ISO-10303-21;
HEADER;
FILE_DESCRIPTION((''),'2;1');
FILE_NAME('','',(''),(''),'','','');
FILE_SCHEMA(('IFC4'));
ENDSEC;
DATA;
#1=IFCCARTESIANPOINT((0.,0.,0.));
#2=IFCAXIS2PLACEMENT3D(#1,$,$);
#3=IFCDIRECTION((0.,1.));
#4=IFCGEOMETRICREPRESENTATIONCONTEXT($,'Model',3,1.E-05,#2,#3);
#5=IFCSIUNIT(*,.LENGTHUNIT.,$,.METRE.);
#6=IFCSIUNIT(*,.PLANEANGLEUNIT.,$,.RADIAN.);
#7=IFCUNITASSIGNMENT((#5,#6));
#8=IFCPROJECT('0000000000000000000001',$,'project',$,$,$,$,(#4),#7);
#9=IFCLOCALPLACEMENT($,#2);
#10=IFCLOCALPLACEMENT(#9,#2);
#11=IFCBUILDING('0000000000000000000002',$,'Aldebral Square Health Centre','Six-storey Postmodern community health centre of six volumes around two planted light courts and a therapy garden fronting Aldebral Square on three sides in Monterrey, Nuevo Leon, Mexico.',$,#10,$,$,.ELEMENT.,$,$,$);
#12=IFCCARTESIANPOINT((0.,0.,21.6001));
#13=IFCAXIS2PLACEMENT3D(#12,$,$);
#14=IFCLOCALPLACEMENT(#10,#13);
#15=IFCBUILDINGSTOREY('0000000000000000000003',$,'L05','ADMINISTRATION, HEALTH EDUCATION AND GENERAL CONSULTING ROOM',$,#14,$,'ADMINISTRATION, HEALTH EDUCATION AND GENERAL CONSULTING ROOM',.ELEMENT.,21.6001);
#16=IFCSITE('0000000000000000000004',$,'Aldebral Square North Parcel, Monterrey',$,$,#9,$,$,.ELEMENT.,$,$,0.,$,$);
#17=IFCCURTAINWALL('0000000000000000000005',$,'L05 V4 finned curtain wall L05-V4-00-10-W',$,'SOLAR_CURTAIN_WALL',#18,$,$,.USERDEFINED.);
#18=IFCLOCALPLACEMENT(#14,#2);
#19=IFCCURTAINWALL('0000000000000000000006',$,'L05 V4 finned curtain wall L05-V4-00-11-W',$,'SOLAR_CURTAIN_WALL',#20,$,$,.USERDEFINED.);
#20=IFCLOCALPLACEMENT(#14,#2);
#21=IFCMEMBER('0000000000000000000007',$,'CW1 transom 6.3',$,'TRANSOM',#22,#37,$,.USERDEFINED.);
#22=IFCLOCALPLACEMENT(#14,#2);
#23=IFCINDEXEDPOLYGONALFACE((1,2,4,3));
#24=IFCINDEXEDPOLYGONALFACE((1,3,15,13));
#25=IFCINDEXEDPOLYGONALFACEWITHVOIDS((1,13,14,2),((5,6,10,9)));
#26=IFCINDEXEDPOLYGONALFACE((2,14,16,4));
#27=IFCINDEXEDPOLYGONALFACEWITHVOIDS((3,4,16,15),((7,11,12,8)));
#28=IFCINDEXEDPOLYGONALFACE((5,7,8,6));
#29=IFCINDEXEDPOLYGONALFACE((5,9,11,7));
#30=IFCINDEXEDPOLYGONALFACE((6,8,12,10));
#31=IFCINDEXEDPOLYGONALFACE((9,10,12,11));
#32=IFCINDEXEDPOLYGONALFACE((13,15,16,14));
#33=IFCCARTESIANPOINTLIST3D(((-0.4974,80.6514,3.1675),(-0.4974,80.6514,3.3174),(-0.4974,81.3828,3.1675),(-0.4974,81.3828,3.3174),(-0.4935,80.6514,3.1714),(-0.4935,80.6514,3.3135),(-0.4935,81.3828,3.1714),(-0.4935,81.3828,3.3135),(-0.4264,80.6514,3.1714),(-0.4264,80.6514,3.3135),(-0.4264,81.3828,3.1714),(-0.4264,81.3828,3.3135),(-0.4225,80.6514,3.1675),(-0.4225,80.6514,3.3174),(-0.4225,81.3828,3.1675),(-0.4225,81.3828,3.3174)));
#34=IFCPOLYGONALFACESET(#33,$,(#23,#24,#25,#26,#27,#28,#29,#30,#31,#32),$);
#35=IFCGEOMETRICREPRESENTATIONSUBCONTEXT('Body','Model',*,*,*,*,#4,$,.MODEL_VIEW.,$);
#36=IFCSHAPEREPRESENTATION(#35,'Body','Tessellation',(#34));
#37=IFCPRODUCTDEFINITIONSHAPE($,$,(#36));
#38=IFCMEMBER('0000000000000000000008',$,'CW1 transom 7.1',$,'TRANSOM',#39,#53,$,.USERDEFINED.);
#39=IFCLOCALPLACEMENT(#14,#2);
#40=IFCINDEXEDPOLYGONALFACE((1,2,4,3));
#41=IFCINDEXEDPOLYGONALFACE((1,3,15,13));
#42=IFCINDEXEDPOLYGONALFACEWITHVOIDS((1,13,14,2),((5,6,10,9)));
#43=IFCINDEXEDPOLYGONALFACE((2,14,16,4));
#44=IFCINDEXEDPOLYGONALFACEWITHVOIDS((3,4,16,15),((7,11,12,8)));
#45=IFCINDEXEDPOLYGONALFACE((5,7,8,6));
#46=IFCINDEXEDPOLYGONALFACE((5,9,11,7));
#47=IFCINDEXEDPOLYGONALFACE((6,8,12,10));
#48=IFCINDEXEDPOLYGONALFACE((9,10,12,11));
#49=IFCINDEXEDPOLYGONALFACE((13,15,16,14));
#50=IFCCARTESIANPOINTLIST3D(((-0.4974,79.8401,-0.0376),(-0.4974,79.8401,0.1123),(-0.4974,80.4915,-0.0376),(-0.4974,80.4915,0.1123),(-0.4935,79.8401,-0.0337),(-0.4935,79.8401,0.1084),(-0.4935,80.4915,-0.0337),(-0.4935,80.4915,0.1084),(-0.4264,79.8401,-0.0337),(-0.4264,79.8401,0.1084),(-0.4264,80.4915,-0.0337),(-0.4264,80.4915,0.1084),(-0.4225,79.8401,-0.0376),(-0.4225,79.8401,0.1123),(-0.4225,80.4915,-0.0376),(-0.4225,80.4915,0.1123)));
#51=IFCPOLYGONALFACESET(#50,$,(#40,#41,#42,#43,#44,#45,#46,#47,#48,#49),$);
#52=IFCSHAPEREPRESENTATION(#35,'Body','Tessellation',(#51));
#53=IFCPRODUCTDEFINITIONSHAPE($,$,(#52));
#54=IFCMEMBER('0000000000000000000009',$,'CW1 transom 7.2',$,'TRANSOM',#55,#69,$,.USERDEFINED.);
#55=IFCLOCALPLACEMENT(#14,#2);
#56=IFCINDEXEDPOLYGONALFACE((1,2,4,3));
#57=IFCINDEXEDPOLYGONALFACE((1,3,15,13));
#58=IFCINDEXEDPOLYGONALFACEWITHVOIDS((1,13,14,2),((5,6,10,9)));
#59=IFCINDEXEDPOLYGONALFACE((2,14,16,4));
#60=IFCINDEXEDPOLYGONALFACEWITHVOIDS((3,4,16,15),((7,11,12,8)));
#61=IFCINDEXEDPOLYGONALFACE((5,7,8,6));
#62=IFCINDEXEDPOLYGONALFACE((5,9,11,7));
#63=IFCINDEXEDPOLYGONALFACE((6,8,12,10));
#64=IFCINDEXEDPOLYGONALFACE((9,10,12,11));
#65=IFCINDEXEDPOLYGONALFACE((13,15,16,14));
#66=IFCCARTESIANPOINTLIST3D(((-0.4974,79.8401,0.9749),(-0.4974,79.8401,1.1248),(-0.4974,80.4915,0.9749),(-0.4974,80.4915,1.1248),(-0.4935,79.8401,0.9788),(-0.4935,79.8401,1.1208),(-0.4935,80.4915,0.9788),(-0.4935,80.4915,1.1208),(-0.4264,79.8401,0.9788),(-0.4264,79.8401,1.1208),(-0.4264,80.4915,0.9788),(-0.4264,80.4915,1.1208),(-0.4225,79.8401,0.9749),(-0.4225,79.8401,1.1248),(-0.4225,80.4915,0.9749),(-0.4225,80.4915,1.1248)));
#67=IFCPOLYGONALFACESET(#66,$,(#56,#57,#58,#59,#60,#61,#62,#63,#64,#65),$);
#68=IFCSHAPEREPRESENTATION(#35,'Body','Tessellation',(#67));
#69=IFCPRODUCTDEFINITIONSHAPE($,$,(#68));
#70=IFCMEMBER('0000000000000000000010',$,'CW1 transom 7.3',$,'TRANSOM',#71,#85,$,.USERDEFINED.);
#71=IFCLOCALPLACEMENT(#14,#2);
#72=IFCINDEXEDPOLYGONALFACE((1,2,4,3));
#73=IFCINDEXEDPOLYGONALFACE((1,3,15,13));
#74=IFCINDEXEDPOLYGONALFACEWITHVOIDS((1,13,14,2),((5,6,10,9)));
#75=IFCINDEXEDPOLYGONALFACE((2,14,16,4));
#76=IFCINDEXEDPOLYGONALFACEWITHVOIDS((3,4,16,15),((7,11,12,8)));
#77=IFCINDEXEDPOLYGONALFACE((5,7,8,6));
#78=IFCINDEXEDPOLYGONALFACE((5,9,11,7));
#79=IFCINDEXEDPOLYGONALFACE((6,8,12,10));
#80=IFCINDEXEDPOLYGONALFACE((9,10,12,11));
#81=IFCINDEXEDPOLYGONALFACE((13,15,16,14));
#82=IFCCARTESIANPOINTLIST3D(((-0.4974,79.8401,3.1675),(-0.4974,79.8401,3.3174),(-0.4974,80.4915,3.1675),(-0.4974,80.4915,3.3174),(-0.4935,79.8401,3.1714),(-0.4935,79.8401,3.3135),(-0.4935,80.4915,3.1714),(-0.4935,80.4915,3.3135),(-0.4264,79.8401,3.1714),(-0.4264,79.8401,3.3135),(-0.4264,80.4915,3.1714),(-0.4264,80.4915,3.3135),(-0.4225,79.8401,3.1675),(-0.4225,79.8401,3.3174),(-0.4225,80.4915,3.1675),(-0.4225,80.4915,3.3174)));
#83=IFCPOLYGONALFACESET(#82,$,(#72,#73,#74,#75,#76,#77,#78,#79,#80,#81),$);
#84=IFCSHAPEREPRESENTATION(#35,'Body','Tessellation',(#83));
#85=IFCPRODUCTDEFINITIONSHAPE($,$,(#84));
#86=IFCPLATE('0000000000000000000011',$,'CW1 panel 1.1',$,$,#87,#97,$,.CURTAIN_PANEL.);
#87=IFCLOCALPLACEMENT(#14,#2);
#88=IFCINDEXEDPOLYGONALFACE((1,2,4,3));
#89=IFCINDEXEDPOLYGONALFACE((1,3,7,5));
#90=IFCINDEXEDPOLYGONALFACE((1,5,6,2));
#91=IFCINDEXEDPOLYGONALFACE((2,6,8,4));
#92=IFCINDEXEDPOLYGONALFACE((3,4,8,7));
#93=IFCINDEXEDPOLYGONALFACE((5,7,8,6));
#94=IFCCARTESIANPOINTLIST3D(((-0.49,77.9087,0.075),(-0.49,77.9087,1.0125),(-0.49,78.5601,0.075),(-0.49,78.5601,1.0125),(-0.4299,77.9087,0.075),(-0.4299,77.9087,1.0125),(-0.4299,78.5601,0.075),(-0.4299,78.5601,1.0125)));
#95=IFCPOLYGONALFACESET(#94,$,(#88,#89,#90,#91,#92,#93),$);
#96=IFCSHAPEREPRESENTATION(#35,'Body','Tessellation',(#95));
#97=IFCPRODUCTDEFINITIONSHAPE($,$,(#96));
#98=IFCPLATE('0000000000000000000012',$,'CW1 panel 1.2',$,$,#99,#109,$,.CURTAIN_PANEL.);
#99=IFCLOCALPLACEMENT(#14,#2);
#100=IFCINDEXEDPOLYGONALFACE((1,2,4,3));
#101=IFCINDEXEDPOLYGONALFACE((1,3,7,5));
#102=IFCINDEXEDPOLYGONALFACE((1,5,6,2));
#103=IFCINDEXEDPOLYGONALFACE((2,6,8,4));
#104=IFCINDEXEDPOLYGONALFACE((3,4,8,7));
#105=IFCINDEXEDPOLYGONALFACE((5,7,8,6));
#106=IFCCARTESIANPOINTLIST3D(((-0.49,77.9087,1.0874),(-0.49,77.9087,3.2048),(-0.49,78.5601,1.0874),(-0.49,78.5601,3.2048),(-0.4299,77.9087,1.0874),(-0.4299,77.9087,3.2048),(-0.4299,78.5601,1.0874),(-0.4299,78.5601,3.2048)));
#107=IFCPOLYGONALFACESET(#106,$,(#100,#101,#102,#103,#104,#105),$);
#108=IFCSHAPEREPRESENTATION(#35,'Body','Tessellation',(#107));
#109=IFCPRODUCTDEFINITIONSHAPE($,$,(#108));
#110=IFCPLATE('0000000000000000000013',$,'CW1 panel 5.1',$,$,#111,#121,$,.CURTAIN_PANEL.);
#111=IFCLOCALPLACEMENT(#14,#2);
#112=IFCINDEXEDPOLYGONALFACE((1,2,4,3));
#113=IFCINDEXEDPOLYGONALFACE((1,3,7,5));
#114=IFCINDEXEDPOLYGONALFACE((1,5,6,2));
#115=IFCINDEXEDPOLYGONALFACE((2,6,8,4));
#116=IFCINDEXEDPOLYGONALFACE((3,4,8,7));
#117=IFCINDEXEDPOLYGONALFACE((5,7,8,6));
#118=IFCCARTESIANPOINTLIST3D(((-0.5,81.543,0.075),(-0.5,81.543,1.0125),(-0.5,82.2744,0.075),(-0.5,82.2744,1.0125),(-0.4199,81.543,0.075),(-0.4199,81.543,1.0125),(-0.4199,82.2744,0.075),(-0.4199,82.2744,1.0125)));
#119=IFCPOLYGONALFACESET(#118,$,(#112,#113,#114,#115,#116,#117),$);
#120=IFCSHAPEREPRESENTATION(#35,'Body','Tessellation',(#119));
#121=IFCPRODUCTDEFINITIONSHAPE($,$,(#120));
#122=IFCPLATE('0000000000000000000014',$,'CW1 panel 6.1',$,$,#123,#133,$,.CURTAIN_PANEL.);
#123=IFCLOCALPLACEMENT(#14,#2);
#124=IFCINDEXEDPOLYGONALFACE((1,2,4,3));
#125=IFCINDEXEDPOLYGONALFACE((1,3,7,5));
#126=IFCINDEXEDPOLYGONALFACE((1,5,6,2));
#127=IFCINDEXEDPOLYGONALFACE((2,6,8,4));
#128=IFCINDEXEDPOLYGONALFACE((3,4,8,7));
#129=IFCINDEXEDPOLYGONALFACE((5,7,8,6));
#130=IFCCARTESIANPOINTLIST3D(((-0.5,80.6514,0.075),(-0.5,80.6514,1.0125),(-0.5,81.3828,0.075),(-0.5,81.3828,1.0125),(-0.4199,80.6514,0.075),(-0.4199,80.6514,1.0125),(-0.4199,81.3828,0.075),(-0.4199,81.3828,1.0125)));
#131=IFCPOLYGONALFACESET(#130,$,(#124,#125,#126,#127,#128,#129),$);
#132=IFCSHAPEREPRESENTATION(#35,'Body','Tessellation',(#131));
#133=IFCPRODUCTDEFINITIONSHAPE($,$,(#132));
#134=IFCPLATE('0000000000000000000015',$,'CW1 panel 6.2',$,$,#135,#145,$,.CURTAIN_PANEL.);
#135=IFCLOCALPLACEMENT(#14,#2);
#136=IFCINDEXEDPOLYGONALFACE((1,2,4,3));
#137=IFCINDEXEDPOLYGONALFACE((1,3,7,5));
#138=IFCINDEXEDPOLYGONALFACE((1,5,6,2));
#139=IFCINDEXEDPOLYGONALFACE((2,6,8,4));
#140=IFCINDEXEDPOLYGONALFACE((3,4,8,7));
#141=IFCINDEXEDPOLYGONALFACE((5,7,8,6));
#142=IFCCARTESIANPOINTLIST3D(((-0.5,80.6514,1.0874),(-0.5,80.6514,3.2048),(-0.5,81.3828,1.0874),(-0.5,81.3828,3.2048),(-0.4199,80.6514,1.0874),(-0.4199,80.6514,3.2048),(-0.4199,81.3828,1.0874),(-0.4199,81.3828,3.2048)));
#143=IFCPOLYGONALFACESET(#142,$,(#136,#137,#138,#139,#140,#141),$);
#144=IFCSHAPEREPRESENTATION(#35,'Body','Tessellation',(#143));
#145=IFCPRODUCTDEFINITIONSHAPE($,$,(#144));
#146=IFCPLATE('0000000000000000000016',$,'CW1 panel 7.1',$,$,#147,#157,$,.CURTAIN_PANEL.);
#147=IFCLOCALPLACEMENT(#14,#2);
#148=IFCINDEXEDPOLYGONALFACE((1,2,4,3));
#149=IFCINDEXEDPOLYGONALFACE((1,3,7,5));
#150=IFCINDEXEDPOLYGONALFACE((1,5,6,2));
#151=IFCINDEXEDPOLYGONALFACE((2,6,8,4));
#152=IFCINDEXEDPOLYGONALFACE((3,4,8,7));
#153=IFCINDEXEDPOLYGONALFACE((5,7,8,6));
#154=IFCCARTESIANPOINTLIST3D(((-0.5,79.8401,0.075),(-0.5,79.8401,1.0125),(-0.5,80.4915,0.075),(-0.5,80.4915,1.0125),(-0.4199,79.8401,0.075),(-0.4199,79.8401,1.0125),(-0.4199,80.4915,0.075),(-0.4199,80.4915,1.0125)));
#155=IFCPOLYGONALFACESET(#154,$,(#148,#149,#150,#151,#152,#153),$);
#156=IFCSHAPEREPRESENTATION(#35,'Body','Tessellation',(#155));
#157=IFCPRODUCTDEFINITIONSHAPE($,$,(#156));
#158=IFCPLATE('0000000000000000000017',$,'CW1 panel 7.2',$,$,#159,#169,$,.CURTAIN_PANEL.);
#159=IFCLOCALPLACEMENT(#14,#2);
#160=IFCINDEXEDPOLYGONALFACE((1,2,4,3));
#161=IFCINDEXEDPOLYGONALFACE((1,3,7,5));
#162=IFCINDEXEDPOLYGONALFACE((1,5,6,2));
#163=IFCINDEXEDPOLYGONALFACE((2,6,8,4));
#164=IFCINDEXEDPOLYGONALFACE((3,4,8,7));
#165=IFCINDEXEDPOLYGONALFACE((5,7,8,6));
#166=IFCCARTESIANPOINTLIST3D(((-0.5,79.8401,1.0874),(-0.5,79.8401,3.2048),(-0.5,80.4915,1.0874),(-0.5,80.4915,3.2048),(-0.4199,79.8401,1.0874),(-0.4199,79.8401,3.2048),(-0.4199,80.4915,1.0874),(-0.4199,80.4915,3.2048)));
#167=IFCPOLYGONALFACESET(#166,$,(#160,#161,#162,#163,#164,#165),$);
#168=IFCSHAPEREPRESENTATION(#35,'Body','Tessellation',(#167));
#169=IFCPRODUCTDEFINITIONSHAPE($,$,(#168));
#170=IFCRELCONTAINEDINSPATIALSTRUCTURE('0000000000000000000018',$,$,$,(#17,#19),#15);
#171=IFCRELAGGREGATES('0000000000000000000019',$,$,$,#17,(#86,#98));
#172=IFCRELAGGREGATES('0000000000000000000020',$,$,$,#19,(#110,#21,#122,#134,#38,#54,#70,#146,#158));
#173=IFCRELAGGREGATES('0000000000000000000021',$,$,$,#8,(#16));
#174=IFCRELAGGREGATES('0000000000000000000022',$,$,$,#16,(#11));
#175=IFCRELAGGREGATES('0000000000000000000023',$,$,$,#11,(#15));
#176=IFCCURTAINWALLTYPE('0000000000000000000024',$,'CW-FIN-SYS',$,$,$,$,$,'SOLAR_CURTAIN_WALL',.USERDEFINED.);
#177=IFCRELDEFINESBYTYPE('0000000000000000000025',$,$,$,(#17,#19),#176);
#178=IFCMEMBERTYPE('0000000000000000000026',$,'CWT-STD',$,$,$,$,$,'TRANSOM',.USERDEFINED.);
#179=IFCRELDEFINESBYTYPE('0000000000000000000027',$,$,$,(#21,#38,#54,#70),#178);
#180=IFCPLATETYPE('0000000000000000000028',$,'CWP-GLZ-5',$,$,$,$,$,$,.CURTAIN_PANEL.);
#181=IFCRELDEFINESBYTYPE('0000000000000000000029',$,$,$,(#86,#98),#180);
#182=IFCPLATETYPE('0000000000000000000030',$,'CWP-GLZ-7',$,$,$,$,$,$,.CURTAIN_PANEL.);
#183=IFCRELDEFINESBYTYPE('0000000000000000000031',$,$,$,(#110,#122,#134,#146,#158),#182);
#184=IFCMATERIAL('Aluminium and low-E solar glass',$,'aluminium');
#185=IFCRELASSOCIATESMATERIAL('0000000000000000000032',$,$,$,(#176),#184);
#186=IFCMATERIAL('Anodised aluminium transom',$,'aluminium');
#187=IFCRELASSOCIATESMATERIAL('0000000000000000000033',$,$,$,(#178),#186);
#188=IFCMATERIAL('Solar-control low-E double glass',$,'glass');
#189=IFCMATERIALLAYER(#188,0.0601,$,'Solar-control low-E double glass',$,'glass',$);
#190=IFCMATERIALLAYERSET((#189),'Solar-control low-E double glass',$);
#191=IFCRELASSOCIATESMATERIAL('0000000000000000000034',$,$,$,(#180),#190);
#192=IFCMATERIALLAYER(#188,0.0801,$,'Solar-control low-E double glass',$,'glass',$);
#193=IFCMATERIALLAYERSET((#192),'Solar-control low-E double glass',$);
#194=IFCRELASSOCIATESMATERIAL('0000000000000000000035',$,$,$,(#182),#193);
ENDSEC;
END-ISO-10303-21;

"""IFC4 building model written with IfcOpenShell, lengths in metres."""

from ifc_helpers import new_model, si_unit, direction, frame, origin, origin_2d, place, context, subcontext, project, spatial, rectangle, hollow_rectangle, extrude, material, layer, layer_set, material_profile, profile_set, type_object, element, aggregate, save


model = new_model("IFC4")

# Units and contexts
model_context = context("Model", 3, precision=1e-05, world=origin(), true_north=direction((0.0, 1.0)))
body_context = subcontext(model_context, "Body", "Model", "MODEL_VIEW")
ifc_project = project(units=[si_unit("LENGTHUNIT", "METRE"), si_unit("PLANEANGLEUNIT", "RADIAN")], contexts=[model_context])

# Site, building, storey
site_placement = place(None, origin())
site = spatial("IfcSite", under=ifc_project, at=site_placement, Name="Aldebral Square North Parcel, Monterrey", CompositionType="ELEMENT", RefElevation=0.0)
building_placement = place(site_placement, origin())
building = spatial("IfcBuilding", under=site, at=building_placement, Name="Aldebral Square Health Centre", Description="Six-storey Postmodern community health centre of six volumes around two planted light courts and a therapy garden fronting Aldebral Square on three sides in Monterrey, Nuevo Leon, Mexico.", CompositionType="ELEMENT")
storey_placement = place(building_placement, frame((0.0, 0.0, 21.6001)))
storey = spatial("IfcBuildingStorey", under=building, at=storey_placement, Name="L05", Description="ADMINISTRATION, HEALTH EDUCATION AND GENERAL CONSULTING ROOM", LongName="ADMINISTRATION, HEALTH EDUCATION AND GENERAL CONSULTING ROOM", CompositionType="ELEMENT", Elevation=21.6001)

# Curtain walls
ifc_material_1 = material(Name="Aluminium and low-E solar glass", Category="aluminium")
curtain_wall_type = type_object("IfcCurtainWallType", Name="CW-FIN-SYS", ElementType="SOLAR_CURTAIN_WALL", PredefinedType="USERDEFINED", material=ifc_material_1)
curtain_wall_1_placement = place(storey_placement, origin())
curtain_wall_1 = element("IfcCurtainWall", 1, at=curtain_wall_1_placement, inside=storey, type_object=curtain_wall_type, Name="L05 V4 finned curtain wall L05-V4-00-10-W", ObjectType="SOLAR_CURTAIN_WALL", PredefinedType="USERDEFINED")
curtain_wall_2_placement = place(storey_placement, origin())
curtain_wall_2 = element("IfcCurtainWall", 2, at=curtain_wall_2_placement, inside=storey, type_object=curtain_wall_type, Name="L05 V4 finned curtain wall L05-V4-00-11-W", ObjectType="SOLAR_CURTAIN_WALL", PredefinedType="USERDEFINED")

# Members
ifc_material_2 = material(Name="Anodised aluminium transom", Category="aluminium")
ifc_material_profile_1 = material_profile(ifc_material_2, hollow_rectangle(XDim=0.075, YDim=0.1499, WallThickness=0.0039, at=origin_2d()), Name="CWT 75x150x4")
ifc_profile_set_1 = profile_set([ifc_material_profile_1], Name="Anodised aluminium transom")
member_type_1 = type_object("IfcMemberType", Name="CWT-STD", ElementType="TRANSOM", PredefinedType="USERDEFINED", material=ifc_profile_set_1)
member_1_placement = place(storey_placement, frame((-0.46, 81.3828, 3.2424), z_axis=(0.0, -1.0, 0.0), x_axis=(1.0, 0.0, 0.0)))
member_1 = element("IfcMember", 3, at=member_1_placement, type_object=member_type_1, Name="CW1 transom 6.3", ObjectType="TRANSOM", PredefinedType="USERDEFINED", context=body_context, shape_type="SweptSolid", body=[
    extrude(hollow_rectangle(XDim=0.075, YDim=0.1499, WallThickness=0.0039, at=origin_2d()), origin(), (0.0, 0.0, 1.0), 0.7314),
])
member_2_placement = place(storey_placement, frame((-0.46, 80.4915, 0.0374), z_axis=(0.0, -1.0, 0.0), x_axis=(1.0, 0.0, 0.0)))
member_2 = element("IfcMember", 4, at=member_2_placement, type_object=member_type_1, Name="CW1 transom 7.1", ObjectType="TRANSOM", PredefinedType="USERDEFINED", context=body_context, shape_type="SweptSolid", body=[
    extrude(hollow_rectangle(XDim=0.075, YDim=0.1499, WallThickness=0.0039, at=origin_2d()), origin(), (0.0, 0.0, 1.0), 0.6514),
])
member_3_placement = place(storey_placement, frame((-0.46, 80.4915, 1.0498), z_axis=(0.0, -1.0, 0.0), x_axis=(1.0, 0.0, 0.0)))
member_3 = element("IfcMember", 5, at=member_3_placement, type_object=member_type_1, Name="CW1 transom 7.2", ObjectType="TRANSOM", PredefinedType="USERDEFINED", context=body_context, shape_type="SweptSolid", body=[
    extrude(hollow_rectangle(XDim=0.075, YDim=0.1499, WallThickness=0.0039, at=origin_2d()), origin(), (0.0, 0.0, 1.0), 0.6514),
])
member_4_placement = place(storey_placement, frame((-0.46, 80.4915, 3.2424), z_axis=(0.0, -1.0, 0.0), x_axis=(1.0, 0.0, 0.0)))
member_4 = element("IfcMember", 6, at=member_4_placement, type_object=member_type_1, Name="CW1 transom 7.3", ObjectType="TRANSOM", PredefinedType="USERDEFINED", context=body_context, shape_type="SweptSolid", body=[
    extrude(hollow_rectangle(XDim=0.075, YDim=0.1499, WallThickness=0.0039, at=origin_2d()), origin(), (0.0, 0.0, 1.0), 0.6514),
])

# Plates
ifc_material_3 = material(Name="Solar-control low-E double glass", Category="glass")
ifc_layer_1 = layer(ifc_material_3, 0.0601, Name="Solar-control low-E double glass", Category="glass")
ifc_layer_set_1 = layer_set([ifc_layer_1], Name="Solar-control low-E double glass")
plate_type_1 = type_object("IfcPlateType", Name="CWP-GLZ-5", PredefinedType="CURTAIN_PANEL", material=ifc_layer_set_1)
plate_1_placement = place(storey_placement, frame((-0.46, 78.2344, 0.075), z_axis=(0.0, 0.0, 1.0), x_axis=(0.0, -1.0, 0.0)))
plate_1 = element("IfcPlate", 7, at=plate_1_placement, type_object=plate_type_1, Name="CW1 panel 1.1", PredefinedType="CURTAIN_PANEL", context=body_context, shape_type="SweptSolid", body=[
    extrude(rectangle(XDim=0.6514, YDim=0.0601, at=origin_2d()), origin(), (0.0, 0.0, 1.0), 0.9375),
])
plate_2_placement = place(storey_placement, frame((-0.46, 78.2344, 1.0874), z_axis=(0.0, 0.0, 1.0), x_axis=(0.0, -1.0, 0.0)))
plate_2 = element("IfcPlate", 8, at=plate_2_placement, type_object=plate_type_1, Name="CW1 panel 1.2", PredefinedType="CURTAIN_PANEL", context=body_context, shape_type="SweptSolid", body=[
    extrude(rectangle(XDim=0.6514, YDim=0.0601, at=origin_2d()), origin(), (0.0, 0.0, 1.0), 2.1174),
])
aggregate(curtain_wall_1, [plate_1, plate_2])
ifc_layer_2 = layer(ifc_material_3, 0.0801, Name="Solar-control low-E double glass", Category="glass")
ifc_layer_set_2 = layer_set([ifc_layer_2], Name="Solar-control low-E double glass")
plate_type_2 = type_object("IfcPlateType", Name="CWP-GLZ-7", PredefinedType="CURTAIN_PANEL", material=ifc_layer_set_2)
plate_3_placement = place(storey_placement, frame((-0.46, 81.9087, 0.075), z_axis=(0.0, 0.0, 1.0), x_axis=(0.0, -1.0, 0.0)))
plate_3 = element("IfcPlate", 9, at=plate_3_placement, type_object=plate_type_2, Name="CW1 panel 5.1", PredefinedType="CURTAIN_PANEL", context=body_context, shape_type="SweptSolid", body=[
    extrude(rectangle(XDim=0.7314, YDim=0.0801, at=origin_2d()), origin(), (0.0, 0.0, 1.0), 0.9375),
])
plate_4_placement = place(storey_placement, frame((-0.46, 81.0171, 0.075), z_axis=(0.0, 0.0, 1.0), x_axis=(0.0, -1.0, 0.0)))
plate_4 = element("IfcPlate", 10, at=plate_4_placement, type_object=plate_type_2, Name="CW1 panel 6.1", PredefinedType="CURTAIN_PANEL", context=body_context, shape_type="SweptSolid", body=[
    extrude(rectangle(XDim=0.7314, YDim=0.0801, at=origin_2d()), origin(), (0.0, 0.0, 1.0), 0.9375),
])
plate_5_placement = place(storey_placement, frame((-0.46, 81.0171, 1.0874), z_axis=(0.0, 0.0, 1.0), x_axis=(0.0, -1.0, 0.0)))
plate_5 = element("IfcPlate", 11, at=plate_5_placement, type_object=plate_type_2, Name="CW1 panel 6.2", PredefinedType="CURTAIN_PANEL", context=body_context, shape_type="SweptSolid", body=[
    extrude(rectangle(XDim=0.7314, YDim=0.0801, at=origin_2d()), origin(), (0.0, 0.0, 1.0), 2.1174),
])
plate_6_placement = place(storey_placement, frame((-0.46, 80.1658, 0.075), z_axis=(0.0, 0.0, 1.0), x_axis=(0.0, -1.0, 0.0)))
plate_6 = element("IfcPlate", 12, at=plate_6_placement, type_object=plate_type_2, Name="CW1 panel 7.1", PredefinedType="CURTAIN_PANEL", context=body_context, shape_type="SweptSolid", body=[
    extrude(rectangle(XDim=0.6514, YDim=0.0801, at=origin_2d()), origin(), (0.0, 0.0, 1.0), 0.9375),
])
plate_7_placement = place(storey_placement, frame((-0.46, 80.1658, 1.0874), z_axis=(0.0, 0.0, 1.0), x_axis=(0.0, -1.0, 0.0)))
plate_7 = element("IfcPlate", 13, at=plate_7_placement, type_object=plate_type_2, Name="CW1 panel 7.2", PredefinedType="CURTAIN_PANEL", context=body_context, shape_type="SweptSolid", body=[
    extrude(rectangle(XDim=0.6514, YDim=0.0801, at=origin_2d()), origin(), (0.0, 0.0, 1.0), 2.1174),
])
aggregate(curtain_wall_2, [plate_3, member_1, plate_4, plate_5, member_2, member_3, member_4, plate_6, plate_7])

save(model, "model.ifc")
